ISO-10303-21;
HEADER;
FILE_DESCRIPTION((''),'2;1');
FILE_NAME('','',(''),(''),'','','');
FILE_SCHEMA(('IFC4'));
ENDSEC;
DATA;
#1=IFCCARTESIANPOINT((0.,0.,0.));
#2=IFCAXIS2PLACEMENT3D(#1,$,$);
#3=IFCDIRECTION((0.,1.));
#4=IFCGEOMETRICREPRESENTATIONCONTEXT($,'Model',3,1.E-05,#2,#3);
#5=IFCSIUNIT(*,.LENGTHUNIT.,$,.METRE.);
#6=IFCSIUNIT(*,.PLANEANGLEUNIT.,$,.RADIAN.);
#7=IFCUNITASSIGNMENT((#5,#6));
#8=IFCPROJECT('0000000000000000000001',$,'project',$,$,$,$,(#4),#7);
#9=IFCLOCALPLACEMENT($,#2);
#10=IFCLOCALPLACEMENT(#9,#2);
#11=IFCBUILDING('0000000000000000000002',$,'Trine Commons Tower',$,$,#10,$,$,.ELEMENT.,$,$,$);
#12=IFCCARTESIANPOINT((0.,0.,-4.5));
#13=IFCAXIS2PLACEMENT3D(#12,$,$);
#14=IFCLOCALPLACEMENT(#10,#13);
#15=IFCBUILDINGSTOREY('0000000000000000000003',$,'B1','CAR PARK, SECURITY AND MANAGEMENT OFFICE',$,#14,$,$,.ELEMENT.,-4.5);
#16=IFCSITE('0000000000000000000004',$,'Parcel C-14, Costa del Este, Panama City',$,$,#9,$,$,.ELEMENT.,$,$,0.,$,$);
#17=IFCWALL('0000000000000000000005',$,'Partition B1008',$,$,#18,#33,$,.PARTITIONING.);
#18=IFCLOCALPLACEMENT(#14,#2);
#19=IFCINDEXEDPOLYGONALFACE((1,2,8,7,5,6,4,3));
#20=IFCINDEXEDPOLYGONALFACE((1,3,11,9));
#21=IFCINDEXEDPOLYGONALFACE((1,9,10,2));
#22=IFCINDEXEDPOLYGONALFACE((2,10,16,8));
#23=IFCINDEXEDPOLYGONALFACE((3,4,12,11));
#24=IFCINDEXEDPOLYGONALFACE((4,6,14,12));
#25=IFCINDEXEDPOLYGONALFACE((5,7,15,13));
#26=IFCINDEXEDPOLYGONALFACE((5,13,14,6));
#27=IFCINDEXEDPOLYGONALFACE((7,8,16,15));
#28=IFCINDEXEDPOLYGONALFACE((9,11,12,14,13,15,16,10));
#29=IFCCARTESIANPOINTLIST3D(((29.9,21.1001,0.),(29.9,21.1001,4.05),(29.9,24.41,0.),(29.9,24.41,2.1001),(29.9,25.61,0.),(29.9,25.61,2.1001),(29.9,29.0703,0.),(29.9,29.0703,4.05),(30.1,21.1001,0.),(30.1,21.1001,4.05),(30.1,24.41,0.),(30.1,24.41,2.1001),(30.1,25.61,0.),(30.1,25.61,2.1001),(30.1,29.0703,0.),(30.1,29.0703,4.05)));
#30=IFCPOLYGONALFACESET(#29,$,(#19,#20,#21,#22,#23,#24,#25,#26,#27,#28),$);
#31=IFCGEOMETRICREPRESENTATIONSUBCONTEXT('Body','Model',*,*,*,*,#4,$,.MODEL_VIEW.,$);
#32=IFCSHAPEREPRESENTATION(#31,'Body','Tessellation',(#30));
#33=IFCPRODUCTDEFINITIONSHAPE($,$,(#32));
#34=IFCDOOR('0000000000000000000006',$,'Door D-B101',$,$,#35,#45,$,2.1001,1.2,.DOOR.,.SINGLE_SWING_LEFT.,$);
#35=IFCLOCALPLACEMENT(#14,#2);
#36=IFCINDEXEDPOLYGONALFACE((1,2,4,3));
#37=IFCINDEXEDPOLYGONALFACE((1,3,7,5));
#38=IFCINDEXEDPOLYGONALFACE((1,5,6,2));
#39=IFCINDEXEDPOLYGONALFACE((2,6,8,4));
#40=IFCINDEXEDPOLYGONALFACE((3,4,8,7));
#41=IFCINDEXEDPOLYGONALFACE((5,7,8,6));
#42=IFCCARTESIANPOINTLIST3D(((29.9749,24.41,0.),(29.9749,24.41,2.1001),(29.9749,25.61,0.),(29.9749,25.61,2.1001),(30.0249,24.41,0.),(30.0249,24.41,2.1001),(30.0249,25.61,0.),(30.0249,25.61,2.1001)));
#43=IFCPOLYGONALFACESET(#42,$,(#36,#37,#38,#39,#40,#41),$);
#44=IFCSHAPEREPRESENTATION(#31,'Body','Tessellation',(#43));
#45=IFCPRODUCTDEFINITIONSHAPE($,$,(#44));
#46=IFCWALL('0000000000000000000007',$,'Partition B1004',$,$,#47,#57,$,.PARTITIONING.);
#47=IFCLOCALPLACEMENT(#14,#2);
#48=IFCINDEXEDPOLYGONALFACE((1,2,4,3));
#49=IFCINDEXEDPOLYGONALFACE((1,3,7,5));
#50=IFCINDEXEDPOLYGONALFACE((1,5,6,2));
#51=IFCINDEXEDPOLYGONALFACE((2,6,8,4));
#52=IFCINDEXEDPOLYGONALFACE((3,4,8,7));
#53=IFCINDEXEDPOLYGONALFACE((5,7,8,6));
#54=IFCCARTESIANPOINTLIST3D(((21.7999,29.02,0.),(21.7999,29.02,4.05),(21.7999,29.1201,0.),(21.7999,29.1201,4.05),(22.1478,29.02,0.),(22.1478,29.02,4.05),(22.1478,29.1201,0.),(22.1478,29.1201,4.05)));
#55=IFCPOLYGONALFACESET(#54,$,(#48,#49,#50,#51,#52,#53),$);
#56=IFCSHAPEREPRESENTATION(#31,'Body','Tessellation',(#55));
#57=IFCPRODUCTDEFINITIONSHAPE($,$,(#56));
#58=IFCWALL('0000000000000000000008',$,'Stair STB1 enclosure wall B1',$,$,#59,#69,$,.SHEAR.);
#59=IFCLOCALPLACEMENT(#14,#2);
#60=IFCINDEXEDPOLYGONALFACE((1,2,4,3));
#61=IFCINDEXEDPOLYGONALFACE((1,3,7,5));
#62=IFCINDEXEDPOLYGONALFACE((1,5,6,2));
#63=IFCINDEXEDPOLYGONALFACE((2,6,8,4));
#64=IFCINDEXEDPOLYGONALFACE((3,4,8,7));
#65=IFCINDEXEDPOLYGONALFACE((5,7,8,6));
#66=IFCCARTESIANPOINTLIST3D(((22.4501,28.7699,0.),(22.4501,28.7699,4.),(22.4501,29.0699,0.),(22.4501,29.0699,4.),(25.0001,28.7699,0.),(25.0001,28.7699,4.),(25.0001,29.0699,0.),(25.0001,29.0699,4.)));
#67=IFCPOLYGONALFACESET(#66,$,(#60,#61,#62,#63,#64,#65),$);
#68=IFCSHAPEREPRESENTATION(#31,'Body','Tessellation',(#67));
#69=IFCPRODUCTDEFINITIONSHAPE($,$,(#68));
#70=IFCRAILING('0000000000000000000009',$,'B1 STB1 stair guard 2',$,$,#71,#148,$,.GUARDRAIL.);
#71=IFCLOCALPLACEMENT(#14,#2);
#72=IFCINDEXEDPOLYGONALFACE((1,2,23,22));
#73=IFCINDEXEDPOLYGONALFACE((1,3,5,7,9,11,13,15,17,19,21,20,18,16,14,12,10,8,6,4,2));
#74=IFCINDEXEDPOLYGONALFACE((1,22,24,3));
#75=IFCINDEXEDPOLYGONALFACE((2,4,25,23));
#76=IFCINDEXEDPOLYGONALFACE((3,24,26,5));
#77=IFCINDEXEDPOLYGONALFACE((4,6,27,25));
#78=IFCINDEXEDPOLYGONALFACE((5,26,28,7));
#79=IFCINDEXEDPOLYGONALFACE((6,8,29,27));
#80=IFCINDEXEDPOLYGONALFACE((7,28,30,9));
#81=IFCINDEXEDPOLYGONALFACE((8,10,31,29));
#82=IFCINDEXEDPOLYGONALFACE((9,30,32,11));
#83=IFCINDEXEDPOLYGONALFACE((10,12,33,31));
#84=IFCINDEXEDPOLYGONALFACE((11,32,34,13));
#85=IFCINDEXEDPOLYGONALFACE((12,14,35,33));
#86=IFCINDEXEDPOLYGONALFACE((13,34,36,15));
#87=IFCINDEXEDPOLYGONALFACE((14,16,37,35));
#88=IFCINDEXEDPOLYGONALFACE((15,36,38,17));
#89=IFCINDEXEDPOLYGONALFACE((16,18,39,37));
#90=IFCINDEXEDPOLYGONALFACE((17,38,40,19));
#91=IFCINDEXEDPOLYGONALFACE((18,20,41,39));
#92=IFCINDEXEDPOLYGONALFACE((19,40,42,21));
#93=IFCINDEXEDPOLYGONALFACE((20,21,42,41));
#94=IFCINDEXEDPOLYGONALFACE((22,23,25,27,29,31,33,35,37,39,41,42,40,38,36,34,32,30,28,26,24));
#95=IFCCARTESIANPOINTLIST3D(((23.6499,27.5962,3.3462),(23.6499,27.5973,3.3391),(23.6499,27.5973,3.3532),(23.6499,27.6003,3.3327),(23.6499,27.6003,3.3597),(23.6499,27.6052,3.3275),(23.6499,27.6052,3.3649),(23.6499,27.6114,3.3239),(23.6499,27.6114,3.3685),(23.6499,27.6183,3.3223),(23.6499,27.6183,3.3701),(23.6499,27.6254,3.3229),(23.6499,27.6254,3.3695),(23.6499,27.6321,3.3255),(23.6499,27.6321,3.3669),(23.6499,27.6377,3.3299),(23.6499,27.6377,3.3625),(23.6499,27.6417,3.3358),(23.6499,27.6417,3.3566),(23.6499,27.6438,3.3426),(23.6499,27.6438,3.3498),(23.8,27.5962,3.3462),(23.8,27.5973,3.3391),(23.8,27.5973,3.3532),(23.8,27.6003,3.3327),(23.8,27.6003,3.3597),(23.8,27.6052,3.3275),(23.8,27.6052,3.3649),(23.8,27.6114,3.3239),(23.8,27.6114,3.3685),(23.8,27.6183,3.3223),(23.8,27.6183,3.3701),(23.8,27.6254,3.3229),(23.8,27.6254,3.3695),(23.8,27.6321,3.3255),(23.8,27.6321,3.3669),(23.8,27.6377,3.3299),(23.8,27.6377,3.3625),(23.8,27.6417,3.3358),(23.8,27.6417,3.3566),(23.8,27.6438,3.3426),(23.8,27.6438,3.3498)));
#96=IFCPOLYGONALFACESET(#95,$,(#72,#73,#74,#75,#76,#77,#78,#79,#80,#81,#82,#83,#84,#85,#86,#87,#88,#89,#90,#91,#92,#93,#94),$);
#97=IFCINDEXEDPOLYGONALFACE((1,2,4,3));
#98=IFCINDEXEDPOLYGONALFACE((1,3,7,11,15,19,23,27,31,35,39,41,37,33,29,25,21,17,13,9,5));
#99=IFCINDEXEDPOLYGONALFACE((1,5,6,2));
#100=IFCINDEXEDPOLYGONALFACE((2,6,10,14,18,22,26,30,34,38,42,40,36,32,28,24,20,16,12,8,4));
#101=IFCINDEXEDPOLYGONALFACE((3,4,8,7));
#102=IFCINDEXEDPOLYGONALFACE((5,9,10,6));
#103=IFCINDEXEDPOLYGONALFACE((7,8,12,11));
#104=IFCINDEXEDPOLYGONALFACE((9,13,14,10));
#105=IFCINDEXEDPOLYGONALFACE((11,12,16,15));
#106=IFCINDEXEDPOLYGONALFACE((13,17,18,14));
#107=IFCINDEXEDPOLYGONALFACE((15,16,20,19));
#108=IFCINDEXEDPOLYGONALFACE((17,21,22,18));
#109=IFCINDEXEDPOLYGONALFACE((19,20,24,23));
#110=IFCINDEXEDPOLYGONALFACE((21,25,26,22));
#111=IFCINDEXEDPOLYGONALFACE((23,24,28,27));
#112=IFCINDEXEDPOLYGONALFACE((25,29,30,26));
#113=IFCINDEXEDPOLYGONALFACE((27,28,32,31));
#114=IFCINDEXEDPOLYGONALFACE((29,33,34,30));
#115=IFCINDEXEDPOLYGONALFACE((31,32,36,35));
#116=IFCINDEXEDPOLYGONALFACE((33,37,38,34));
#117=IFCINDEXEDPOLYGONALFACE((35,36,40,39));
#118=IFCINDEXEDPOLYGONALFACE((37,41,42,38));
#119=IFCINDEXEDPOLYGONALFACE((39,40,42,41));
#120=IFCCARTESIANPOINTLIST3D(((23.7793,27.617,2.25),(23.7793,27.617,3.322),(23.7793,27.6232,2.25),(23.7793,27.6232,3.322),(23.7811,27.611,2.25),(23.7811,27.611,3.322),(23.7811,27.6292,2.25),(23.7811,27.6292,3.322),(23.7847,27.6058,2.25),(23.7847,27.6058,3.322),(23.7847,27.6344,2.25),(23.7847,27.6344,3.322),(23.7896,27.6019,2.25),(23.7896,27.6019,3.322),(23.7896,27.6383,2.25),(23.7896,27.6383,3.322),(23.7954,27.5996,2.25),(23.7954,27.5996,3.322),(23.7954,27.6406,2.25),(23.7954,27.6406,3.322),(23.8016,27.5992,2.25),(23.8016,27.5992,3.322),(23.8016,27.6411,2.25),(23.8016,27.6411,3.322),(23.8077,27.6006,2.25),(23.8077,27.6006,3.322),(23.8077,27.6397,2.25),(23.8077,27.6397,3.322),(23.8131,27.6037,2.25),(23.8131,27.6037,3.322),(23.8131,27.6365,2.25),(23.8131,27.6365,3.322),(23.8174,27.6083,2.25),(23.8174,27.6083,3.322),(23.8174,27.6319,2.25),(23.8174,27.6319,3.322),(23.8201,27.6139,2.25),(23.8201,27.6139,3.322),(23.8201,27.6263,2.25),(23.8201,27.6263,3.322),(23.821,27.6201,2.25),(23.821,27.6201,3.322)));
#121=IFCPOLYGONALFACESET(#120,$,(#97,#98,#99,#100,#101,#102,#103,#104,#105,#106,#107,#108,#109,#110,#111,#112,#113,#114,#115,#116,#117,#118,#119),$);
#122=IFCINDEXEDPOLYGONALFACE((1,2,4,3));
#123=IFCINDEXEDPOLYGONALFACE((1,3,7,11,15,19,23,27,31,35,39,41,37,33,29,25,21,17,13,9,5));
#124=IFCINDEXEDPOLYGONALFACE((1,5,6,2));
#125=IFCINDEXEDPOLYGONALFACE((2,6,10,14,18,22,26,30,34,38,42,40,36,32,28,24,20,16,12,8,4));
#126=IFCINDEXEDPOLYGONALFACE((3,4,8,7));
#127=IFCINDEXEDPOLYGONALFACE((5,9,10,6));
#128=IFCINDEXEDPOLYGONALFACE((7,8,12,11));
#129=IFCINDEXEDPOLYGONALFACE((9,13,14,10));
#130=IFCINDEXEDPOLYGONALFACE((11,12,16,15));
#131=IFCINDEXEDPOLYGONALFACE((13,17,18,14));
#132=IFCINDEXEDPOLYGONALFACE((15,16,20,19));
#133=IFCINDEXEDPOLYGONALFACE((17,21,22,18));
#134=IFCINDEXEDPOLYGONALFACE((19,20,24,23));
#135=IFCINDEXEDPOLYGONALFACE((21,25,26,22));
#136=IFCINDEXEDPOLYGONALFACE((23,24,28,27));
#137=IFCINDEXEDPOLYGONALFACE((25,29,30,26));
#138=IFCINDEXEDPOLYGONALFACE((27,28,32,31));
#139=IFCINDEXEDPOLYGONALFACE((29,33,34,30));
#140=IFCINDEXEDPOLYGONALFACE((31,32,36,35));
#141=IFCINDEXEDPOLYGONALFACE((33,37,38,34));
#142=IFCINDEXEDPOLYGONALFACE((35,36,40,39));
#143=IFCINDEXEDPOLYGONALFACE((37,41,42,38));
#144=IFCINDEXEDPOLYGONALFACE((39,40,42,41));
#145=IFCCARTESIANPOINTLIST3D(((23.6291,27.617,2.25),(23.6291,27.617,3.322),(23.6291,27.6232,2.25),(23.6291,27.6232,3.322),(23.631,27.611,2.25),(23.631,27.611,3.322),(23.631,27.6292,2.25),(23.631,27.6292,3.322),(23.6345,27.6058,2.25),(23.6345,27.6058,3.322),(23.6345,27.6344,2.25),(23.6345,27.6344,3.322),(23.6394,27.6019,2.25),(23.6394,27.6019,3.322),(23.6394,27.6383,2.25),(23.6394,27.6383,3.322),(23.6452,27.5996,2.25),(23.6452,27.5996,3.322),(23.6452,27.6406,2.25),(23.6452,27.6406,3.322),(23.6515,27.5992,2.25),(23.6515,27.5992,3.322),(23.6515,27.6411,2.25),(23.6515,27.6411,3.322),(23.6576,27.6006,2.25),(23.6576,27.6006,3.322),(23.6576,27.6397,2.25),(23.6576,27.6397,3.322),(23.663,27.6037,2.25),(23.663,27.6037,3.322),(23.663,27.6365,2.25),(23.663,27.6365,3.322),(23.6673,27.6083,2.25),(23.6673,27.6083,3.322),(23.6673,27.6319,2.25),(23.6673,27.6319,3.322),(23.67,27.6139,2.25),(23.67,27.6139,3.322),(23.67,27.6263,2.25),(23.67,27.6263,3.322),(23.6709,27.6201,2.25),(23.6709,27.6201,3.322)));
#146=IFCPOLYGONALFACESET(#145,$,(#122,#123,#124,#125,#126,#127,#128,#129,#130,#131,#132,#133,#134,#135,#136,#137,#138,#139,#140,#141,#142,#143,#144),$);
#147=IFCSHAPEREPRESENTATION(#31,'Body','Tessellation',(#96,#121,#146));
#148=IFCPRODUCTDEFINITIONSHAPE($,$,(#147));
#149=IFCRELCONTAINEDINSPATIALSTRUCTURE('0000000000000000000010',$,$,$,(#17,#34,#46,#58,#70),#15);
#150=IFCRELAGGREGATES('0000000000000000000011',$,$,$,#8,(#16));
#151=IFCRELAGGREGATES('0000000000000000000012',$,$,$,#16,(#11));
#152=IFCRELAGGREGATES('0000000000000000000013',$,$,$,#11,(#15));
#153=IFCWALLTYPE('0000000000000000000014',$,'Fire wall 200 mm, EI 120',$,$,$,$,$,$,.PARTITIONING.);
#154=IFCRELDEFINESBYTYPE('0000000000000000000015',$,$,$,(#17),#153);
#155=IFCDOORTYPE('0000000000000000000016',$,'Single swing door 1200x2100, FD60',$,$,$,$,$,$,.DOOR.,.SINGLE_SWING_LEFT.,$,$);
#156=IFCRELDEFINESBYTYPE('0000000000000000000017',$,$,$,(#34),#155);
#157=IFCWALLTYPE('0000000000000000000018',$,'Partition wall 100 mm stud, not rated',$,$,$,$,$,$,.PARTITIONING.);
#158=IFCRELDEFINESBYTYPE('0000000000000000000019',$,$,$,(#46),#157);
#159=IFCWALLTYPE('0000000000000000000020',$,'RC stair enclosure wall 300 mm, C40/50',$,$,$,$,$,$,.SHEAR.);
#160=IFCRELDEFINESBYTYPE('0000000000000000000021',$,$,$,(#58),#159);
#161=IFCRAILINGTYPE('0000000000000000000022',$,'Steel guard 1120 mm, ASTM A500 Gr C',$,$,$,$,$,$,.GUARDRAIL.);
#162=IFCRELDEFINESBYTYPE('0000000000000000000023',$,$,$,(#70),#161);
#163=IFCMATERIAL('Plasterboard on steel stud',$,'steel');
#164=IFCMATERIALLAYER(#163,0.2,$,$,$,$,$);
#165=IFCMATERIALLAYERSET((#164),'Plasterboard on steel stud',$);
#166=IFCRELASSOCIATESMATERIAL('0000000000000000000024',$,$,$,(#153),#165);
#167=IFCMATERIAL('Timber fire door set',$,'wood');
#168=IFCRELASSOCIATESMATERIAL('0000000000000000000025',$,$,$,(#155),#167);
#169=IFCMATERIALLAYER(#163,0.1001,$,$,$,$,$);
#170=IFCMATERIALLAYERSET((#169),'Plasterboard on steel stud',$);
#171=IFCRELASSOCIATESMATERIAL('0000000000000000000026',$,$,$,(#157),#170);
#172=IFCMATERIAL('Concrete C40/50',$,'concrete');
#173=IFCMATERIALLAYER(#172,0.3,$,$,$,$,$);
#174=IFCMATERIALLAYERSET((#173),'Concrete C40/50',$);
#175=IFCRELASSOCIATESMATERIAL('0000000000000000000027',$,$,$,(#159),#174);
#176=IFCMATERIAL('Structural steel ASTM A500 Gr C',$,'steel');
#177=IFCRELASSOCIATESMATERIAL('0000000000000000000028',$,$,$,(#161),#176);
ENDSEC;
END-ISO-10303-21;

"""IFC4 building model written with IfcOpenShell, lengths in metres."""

from ifc_helpers import new_model, si_unit, direction, frame, frame_2d, origin, origin_2d, place, context, subcontext, project, spatial, rectangle, circle, extrude, material, layer, layer_set, type_object, element, fill, save


model = new_model("IFC4")

# Units and contexts
model_context = context("Model", 3, precision=1e-05, world=origin(), true_north=direction((0.0, 1.0)))
body_context = subcontext(model_context, "Body", "Model", "MODEL_VIEW")
ifc_project = project(units=[si_unit("LENGTHUNIT", "METRE"), si_unit("PLANEANGLEUNIT", "RADIAN")], contexts=[model_context])

# Site, building, storey
site_placement = place(None, origin())
site = spatial("IfcSite", under=ifc_project, at=site_placement, Name="Parcel C-14, Costa del Este, Panama City", CompositionType="ELEMENT", RefElevation=0.0)
building_placement = place(site_placement, origin())
building = spatial("IfcBuilding", under=site, at=building_placement, Name="Trine Commons Tower", CompositionType="ELEMENT")
storey_placement = place(building_placement, frame((0.0, 0.0, -4.5)))
storey = spatial("IfcBuildingStorey", under=building, at=storey_placement, Name="B1", Description="CAR PARK, SECURITY AND MANAGEMENT OFFICE", CompositionType="ELEMENT", Elevation=-4.5)

# Shared definitions
ifc_material_1 = material(Name="Plasterboard on steel stud", Category="steel")
ifc_layer_1 = layer(ifc_material_1, 0.2)
ifc_layer_set_1 = layer_set([ifc_layer_1], Name="Plasterboard on steel stud")
wall_type_1 = type_object("IfcWallType", Name="Fire wall 200 mm, EI 120", PredefinedType="PARTITIONING", material=ifc_layer_set_1)

# Wall, opening, door
wall_1_placement = place(storey_placement, frame((30.0, 29.0703, 0.0), z_axis=(0.0, 0.0, 1.0), x_axis=(0.0, -1.0, 0.0)))
wall_1 = element("IfcWall", 1, at=wall_1_placement, inside=storey, type_object=wall_type_1, Name="Partition B1008", PredefinedType="PARTITIONING", context=body_context, shape_type="SweptSolid", body=[
    extrude(rectangle(XDim=7.9702, YDim=0.2, at=frame_2d((3.9851, 0.0))), origin(), (0.0, 0.0, 1.0), 4.05),
])
opening_placement = place(wall_1_placement, frame((3.4602, 0.0, 0.0)))
opening = element("IfcOpeningElement", 2, at=opening_placement, cuts=wall_1, PredefinedType="OPENING", context=body_context, shape_type="SweptSolid", body=[
    extrude(rectangle(XDim=1.2, YDim=2.1001, at=frame_2d((0.6001, 1.05))), frame((0.0, 0.1099, 0.0), z_axis=(0.0, -1.0, 0.0), x_axis=(1.0, 0.0, 0.0)), (0.0, 0.0, 1.0), 0.22),
])
ifc_material_2 = material(Name="Timber fire door set", Category="wood")
door_type = type_object("IfcDoorType", Name="Single swing door 1200x2100, FD60", OperationType="SINGLE_SWING_LEFT", PredefinedType="DOOR", material=ifc_material_2)
door_placement = place(opening_placement, origin())
door = element("IfcDoor", 3, at=door_placement, inside=storey, type_object=door_type, Name="Door D-B101", OperationType="SINGLE_SWING_LEFT", OverallHeight=2.1001, OverallWidth=1.2, PredefinedType="DOOR", context=body_context, shape_type="SweptSolid", body=[
    extrude(rectangle(XDim=1.2, YDim=2.1001, at=frame_2d((0.6001, 1.05))), frame((0.0, 0.0249, 0.0), z_axis=(0.0, -1.0, 0.0), x_axis=(1.0, 0.0, 0.0)), (0.0, 0.0, 1.0), 0.05),
])
fill(opening, door)

# Walls
ifc_layer_2 = layer(ifc_material_1, 0.1001)
ifc_layer_set_2 = layer_set([ifc_layer_2], Name="Plasterboard on steel stud")
wall_type_2 = type_object("IfcWallType", Name="Partition wall 100 mm stud, not rated", PredefinedType="PARTITIONING", material=ifc_layer_set_2)
wall_2_placement = place(storey_placement, frame((21.8, 29.0701, 0.0), z_axis=(0.0, 0.0, 1.0), x_axis=(1.0, 0.0, 0.0)))
element("IfcWall", 4, at=wall_2_placement, inside=storey, type_object=wall_type_2, Name="Partition B1004", PredefinedType="PARTITIONING", context=body_context, shape_type="SweptSolid", body=[
    extrude(rectangle(XDim=0.3479, YDim=0.1001, at=frame_2d((0.1738, 0.0))), origin(), (0.0, 0.0, 1.0), 4.05),
])
ifc_material_3 = material(Name="Concrete C40/50", Category="concrete")
ifc_layer_3 = layer(ifc_material_3, 0.3)
ifc_layer_set_3 = layer_set([ifc_layer_3], Name="Concrete C40/50")
wall_type_3 = type_object("IfcWallType", Name="RC stair enclosure wall 300 mm, C40/50", PredefinedType="SHEAR", material=ifc_layer_set_3)
wall_3_placement = place(storey_placement, frame((25.0, 28.9199, 0.0), z_axis=(0.0, 0.0, 1.0), x_axis=(-1.0, 0.0, 0.0)))
element("IfcWall", 5, at=wall_3_placement, inside=storey, type_object=wall_type_3, Name="Stair STB1 enclosure wall B1", PredefinedType="SHEAR", context=body_context, shape_type="SweptSolid", body=[
    extrude(rectangle(XDim=2.55, YDim=0.3, at=frame_2d((1.2749, 0.0))), origin(), (0.0, 0.0, 1.0), 4.0),
])

# Railing
ifc_material_4 = material(Name="Structural steel ASTM A500 Gr C", Category="steel")
railing_type = type_object("IfcRailingType", Name="Steel guard 1120 mm, ASTM A500 Gr C", PredefinedType="GUARDRAIL", material=ifc_material_4)
railing_1_placement = place(storey_placement, frame((23.8, 27.6201, 2.25)))
element("IfcRailing", 6, at=railing_1_placement, inside=storey, type_object=railing_type, Name="B1 STB1 stair guard 2", PredefinedType="GUARDRAIL", context=body_context, shape_type="SweptSolid", body=[
    extrude(circle(Radius=0.0239, at=origin_2d()), frame((0.0, 0.0, 1.0962), z_axis=(-1.0, 0.0, 0.0), x_axis=(0.0, -1.0, 0.0)), (0.0, 0.0, 1.0), 0.1501),
    extrude(circle(Radius=0.021, at=origin_2d()), origin(), (0.0, 0.0, 1.0), 1.072),
    extrude(circle(Radius=0.021, at=origin_2d()), frame((-0.1501, 0.0, 0.0)), (0.0, 0.0, 1.0), 1.072),
])

save(model, "model.ifc")
